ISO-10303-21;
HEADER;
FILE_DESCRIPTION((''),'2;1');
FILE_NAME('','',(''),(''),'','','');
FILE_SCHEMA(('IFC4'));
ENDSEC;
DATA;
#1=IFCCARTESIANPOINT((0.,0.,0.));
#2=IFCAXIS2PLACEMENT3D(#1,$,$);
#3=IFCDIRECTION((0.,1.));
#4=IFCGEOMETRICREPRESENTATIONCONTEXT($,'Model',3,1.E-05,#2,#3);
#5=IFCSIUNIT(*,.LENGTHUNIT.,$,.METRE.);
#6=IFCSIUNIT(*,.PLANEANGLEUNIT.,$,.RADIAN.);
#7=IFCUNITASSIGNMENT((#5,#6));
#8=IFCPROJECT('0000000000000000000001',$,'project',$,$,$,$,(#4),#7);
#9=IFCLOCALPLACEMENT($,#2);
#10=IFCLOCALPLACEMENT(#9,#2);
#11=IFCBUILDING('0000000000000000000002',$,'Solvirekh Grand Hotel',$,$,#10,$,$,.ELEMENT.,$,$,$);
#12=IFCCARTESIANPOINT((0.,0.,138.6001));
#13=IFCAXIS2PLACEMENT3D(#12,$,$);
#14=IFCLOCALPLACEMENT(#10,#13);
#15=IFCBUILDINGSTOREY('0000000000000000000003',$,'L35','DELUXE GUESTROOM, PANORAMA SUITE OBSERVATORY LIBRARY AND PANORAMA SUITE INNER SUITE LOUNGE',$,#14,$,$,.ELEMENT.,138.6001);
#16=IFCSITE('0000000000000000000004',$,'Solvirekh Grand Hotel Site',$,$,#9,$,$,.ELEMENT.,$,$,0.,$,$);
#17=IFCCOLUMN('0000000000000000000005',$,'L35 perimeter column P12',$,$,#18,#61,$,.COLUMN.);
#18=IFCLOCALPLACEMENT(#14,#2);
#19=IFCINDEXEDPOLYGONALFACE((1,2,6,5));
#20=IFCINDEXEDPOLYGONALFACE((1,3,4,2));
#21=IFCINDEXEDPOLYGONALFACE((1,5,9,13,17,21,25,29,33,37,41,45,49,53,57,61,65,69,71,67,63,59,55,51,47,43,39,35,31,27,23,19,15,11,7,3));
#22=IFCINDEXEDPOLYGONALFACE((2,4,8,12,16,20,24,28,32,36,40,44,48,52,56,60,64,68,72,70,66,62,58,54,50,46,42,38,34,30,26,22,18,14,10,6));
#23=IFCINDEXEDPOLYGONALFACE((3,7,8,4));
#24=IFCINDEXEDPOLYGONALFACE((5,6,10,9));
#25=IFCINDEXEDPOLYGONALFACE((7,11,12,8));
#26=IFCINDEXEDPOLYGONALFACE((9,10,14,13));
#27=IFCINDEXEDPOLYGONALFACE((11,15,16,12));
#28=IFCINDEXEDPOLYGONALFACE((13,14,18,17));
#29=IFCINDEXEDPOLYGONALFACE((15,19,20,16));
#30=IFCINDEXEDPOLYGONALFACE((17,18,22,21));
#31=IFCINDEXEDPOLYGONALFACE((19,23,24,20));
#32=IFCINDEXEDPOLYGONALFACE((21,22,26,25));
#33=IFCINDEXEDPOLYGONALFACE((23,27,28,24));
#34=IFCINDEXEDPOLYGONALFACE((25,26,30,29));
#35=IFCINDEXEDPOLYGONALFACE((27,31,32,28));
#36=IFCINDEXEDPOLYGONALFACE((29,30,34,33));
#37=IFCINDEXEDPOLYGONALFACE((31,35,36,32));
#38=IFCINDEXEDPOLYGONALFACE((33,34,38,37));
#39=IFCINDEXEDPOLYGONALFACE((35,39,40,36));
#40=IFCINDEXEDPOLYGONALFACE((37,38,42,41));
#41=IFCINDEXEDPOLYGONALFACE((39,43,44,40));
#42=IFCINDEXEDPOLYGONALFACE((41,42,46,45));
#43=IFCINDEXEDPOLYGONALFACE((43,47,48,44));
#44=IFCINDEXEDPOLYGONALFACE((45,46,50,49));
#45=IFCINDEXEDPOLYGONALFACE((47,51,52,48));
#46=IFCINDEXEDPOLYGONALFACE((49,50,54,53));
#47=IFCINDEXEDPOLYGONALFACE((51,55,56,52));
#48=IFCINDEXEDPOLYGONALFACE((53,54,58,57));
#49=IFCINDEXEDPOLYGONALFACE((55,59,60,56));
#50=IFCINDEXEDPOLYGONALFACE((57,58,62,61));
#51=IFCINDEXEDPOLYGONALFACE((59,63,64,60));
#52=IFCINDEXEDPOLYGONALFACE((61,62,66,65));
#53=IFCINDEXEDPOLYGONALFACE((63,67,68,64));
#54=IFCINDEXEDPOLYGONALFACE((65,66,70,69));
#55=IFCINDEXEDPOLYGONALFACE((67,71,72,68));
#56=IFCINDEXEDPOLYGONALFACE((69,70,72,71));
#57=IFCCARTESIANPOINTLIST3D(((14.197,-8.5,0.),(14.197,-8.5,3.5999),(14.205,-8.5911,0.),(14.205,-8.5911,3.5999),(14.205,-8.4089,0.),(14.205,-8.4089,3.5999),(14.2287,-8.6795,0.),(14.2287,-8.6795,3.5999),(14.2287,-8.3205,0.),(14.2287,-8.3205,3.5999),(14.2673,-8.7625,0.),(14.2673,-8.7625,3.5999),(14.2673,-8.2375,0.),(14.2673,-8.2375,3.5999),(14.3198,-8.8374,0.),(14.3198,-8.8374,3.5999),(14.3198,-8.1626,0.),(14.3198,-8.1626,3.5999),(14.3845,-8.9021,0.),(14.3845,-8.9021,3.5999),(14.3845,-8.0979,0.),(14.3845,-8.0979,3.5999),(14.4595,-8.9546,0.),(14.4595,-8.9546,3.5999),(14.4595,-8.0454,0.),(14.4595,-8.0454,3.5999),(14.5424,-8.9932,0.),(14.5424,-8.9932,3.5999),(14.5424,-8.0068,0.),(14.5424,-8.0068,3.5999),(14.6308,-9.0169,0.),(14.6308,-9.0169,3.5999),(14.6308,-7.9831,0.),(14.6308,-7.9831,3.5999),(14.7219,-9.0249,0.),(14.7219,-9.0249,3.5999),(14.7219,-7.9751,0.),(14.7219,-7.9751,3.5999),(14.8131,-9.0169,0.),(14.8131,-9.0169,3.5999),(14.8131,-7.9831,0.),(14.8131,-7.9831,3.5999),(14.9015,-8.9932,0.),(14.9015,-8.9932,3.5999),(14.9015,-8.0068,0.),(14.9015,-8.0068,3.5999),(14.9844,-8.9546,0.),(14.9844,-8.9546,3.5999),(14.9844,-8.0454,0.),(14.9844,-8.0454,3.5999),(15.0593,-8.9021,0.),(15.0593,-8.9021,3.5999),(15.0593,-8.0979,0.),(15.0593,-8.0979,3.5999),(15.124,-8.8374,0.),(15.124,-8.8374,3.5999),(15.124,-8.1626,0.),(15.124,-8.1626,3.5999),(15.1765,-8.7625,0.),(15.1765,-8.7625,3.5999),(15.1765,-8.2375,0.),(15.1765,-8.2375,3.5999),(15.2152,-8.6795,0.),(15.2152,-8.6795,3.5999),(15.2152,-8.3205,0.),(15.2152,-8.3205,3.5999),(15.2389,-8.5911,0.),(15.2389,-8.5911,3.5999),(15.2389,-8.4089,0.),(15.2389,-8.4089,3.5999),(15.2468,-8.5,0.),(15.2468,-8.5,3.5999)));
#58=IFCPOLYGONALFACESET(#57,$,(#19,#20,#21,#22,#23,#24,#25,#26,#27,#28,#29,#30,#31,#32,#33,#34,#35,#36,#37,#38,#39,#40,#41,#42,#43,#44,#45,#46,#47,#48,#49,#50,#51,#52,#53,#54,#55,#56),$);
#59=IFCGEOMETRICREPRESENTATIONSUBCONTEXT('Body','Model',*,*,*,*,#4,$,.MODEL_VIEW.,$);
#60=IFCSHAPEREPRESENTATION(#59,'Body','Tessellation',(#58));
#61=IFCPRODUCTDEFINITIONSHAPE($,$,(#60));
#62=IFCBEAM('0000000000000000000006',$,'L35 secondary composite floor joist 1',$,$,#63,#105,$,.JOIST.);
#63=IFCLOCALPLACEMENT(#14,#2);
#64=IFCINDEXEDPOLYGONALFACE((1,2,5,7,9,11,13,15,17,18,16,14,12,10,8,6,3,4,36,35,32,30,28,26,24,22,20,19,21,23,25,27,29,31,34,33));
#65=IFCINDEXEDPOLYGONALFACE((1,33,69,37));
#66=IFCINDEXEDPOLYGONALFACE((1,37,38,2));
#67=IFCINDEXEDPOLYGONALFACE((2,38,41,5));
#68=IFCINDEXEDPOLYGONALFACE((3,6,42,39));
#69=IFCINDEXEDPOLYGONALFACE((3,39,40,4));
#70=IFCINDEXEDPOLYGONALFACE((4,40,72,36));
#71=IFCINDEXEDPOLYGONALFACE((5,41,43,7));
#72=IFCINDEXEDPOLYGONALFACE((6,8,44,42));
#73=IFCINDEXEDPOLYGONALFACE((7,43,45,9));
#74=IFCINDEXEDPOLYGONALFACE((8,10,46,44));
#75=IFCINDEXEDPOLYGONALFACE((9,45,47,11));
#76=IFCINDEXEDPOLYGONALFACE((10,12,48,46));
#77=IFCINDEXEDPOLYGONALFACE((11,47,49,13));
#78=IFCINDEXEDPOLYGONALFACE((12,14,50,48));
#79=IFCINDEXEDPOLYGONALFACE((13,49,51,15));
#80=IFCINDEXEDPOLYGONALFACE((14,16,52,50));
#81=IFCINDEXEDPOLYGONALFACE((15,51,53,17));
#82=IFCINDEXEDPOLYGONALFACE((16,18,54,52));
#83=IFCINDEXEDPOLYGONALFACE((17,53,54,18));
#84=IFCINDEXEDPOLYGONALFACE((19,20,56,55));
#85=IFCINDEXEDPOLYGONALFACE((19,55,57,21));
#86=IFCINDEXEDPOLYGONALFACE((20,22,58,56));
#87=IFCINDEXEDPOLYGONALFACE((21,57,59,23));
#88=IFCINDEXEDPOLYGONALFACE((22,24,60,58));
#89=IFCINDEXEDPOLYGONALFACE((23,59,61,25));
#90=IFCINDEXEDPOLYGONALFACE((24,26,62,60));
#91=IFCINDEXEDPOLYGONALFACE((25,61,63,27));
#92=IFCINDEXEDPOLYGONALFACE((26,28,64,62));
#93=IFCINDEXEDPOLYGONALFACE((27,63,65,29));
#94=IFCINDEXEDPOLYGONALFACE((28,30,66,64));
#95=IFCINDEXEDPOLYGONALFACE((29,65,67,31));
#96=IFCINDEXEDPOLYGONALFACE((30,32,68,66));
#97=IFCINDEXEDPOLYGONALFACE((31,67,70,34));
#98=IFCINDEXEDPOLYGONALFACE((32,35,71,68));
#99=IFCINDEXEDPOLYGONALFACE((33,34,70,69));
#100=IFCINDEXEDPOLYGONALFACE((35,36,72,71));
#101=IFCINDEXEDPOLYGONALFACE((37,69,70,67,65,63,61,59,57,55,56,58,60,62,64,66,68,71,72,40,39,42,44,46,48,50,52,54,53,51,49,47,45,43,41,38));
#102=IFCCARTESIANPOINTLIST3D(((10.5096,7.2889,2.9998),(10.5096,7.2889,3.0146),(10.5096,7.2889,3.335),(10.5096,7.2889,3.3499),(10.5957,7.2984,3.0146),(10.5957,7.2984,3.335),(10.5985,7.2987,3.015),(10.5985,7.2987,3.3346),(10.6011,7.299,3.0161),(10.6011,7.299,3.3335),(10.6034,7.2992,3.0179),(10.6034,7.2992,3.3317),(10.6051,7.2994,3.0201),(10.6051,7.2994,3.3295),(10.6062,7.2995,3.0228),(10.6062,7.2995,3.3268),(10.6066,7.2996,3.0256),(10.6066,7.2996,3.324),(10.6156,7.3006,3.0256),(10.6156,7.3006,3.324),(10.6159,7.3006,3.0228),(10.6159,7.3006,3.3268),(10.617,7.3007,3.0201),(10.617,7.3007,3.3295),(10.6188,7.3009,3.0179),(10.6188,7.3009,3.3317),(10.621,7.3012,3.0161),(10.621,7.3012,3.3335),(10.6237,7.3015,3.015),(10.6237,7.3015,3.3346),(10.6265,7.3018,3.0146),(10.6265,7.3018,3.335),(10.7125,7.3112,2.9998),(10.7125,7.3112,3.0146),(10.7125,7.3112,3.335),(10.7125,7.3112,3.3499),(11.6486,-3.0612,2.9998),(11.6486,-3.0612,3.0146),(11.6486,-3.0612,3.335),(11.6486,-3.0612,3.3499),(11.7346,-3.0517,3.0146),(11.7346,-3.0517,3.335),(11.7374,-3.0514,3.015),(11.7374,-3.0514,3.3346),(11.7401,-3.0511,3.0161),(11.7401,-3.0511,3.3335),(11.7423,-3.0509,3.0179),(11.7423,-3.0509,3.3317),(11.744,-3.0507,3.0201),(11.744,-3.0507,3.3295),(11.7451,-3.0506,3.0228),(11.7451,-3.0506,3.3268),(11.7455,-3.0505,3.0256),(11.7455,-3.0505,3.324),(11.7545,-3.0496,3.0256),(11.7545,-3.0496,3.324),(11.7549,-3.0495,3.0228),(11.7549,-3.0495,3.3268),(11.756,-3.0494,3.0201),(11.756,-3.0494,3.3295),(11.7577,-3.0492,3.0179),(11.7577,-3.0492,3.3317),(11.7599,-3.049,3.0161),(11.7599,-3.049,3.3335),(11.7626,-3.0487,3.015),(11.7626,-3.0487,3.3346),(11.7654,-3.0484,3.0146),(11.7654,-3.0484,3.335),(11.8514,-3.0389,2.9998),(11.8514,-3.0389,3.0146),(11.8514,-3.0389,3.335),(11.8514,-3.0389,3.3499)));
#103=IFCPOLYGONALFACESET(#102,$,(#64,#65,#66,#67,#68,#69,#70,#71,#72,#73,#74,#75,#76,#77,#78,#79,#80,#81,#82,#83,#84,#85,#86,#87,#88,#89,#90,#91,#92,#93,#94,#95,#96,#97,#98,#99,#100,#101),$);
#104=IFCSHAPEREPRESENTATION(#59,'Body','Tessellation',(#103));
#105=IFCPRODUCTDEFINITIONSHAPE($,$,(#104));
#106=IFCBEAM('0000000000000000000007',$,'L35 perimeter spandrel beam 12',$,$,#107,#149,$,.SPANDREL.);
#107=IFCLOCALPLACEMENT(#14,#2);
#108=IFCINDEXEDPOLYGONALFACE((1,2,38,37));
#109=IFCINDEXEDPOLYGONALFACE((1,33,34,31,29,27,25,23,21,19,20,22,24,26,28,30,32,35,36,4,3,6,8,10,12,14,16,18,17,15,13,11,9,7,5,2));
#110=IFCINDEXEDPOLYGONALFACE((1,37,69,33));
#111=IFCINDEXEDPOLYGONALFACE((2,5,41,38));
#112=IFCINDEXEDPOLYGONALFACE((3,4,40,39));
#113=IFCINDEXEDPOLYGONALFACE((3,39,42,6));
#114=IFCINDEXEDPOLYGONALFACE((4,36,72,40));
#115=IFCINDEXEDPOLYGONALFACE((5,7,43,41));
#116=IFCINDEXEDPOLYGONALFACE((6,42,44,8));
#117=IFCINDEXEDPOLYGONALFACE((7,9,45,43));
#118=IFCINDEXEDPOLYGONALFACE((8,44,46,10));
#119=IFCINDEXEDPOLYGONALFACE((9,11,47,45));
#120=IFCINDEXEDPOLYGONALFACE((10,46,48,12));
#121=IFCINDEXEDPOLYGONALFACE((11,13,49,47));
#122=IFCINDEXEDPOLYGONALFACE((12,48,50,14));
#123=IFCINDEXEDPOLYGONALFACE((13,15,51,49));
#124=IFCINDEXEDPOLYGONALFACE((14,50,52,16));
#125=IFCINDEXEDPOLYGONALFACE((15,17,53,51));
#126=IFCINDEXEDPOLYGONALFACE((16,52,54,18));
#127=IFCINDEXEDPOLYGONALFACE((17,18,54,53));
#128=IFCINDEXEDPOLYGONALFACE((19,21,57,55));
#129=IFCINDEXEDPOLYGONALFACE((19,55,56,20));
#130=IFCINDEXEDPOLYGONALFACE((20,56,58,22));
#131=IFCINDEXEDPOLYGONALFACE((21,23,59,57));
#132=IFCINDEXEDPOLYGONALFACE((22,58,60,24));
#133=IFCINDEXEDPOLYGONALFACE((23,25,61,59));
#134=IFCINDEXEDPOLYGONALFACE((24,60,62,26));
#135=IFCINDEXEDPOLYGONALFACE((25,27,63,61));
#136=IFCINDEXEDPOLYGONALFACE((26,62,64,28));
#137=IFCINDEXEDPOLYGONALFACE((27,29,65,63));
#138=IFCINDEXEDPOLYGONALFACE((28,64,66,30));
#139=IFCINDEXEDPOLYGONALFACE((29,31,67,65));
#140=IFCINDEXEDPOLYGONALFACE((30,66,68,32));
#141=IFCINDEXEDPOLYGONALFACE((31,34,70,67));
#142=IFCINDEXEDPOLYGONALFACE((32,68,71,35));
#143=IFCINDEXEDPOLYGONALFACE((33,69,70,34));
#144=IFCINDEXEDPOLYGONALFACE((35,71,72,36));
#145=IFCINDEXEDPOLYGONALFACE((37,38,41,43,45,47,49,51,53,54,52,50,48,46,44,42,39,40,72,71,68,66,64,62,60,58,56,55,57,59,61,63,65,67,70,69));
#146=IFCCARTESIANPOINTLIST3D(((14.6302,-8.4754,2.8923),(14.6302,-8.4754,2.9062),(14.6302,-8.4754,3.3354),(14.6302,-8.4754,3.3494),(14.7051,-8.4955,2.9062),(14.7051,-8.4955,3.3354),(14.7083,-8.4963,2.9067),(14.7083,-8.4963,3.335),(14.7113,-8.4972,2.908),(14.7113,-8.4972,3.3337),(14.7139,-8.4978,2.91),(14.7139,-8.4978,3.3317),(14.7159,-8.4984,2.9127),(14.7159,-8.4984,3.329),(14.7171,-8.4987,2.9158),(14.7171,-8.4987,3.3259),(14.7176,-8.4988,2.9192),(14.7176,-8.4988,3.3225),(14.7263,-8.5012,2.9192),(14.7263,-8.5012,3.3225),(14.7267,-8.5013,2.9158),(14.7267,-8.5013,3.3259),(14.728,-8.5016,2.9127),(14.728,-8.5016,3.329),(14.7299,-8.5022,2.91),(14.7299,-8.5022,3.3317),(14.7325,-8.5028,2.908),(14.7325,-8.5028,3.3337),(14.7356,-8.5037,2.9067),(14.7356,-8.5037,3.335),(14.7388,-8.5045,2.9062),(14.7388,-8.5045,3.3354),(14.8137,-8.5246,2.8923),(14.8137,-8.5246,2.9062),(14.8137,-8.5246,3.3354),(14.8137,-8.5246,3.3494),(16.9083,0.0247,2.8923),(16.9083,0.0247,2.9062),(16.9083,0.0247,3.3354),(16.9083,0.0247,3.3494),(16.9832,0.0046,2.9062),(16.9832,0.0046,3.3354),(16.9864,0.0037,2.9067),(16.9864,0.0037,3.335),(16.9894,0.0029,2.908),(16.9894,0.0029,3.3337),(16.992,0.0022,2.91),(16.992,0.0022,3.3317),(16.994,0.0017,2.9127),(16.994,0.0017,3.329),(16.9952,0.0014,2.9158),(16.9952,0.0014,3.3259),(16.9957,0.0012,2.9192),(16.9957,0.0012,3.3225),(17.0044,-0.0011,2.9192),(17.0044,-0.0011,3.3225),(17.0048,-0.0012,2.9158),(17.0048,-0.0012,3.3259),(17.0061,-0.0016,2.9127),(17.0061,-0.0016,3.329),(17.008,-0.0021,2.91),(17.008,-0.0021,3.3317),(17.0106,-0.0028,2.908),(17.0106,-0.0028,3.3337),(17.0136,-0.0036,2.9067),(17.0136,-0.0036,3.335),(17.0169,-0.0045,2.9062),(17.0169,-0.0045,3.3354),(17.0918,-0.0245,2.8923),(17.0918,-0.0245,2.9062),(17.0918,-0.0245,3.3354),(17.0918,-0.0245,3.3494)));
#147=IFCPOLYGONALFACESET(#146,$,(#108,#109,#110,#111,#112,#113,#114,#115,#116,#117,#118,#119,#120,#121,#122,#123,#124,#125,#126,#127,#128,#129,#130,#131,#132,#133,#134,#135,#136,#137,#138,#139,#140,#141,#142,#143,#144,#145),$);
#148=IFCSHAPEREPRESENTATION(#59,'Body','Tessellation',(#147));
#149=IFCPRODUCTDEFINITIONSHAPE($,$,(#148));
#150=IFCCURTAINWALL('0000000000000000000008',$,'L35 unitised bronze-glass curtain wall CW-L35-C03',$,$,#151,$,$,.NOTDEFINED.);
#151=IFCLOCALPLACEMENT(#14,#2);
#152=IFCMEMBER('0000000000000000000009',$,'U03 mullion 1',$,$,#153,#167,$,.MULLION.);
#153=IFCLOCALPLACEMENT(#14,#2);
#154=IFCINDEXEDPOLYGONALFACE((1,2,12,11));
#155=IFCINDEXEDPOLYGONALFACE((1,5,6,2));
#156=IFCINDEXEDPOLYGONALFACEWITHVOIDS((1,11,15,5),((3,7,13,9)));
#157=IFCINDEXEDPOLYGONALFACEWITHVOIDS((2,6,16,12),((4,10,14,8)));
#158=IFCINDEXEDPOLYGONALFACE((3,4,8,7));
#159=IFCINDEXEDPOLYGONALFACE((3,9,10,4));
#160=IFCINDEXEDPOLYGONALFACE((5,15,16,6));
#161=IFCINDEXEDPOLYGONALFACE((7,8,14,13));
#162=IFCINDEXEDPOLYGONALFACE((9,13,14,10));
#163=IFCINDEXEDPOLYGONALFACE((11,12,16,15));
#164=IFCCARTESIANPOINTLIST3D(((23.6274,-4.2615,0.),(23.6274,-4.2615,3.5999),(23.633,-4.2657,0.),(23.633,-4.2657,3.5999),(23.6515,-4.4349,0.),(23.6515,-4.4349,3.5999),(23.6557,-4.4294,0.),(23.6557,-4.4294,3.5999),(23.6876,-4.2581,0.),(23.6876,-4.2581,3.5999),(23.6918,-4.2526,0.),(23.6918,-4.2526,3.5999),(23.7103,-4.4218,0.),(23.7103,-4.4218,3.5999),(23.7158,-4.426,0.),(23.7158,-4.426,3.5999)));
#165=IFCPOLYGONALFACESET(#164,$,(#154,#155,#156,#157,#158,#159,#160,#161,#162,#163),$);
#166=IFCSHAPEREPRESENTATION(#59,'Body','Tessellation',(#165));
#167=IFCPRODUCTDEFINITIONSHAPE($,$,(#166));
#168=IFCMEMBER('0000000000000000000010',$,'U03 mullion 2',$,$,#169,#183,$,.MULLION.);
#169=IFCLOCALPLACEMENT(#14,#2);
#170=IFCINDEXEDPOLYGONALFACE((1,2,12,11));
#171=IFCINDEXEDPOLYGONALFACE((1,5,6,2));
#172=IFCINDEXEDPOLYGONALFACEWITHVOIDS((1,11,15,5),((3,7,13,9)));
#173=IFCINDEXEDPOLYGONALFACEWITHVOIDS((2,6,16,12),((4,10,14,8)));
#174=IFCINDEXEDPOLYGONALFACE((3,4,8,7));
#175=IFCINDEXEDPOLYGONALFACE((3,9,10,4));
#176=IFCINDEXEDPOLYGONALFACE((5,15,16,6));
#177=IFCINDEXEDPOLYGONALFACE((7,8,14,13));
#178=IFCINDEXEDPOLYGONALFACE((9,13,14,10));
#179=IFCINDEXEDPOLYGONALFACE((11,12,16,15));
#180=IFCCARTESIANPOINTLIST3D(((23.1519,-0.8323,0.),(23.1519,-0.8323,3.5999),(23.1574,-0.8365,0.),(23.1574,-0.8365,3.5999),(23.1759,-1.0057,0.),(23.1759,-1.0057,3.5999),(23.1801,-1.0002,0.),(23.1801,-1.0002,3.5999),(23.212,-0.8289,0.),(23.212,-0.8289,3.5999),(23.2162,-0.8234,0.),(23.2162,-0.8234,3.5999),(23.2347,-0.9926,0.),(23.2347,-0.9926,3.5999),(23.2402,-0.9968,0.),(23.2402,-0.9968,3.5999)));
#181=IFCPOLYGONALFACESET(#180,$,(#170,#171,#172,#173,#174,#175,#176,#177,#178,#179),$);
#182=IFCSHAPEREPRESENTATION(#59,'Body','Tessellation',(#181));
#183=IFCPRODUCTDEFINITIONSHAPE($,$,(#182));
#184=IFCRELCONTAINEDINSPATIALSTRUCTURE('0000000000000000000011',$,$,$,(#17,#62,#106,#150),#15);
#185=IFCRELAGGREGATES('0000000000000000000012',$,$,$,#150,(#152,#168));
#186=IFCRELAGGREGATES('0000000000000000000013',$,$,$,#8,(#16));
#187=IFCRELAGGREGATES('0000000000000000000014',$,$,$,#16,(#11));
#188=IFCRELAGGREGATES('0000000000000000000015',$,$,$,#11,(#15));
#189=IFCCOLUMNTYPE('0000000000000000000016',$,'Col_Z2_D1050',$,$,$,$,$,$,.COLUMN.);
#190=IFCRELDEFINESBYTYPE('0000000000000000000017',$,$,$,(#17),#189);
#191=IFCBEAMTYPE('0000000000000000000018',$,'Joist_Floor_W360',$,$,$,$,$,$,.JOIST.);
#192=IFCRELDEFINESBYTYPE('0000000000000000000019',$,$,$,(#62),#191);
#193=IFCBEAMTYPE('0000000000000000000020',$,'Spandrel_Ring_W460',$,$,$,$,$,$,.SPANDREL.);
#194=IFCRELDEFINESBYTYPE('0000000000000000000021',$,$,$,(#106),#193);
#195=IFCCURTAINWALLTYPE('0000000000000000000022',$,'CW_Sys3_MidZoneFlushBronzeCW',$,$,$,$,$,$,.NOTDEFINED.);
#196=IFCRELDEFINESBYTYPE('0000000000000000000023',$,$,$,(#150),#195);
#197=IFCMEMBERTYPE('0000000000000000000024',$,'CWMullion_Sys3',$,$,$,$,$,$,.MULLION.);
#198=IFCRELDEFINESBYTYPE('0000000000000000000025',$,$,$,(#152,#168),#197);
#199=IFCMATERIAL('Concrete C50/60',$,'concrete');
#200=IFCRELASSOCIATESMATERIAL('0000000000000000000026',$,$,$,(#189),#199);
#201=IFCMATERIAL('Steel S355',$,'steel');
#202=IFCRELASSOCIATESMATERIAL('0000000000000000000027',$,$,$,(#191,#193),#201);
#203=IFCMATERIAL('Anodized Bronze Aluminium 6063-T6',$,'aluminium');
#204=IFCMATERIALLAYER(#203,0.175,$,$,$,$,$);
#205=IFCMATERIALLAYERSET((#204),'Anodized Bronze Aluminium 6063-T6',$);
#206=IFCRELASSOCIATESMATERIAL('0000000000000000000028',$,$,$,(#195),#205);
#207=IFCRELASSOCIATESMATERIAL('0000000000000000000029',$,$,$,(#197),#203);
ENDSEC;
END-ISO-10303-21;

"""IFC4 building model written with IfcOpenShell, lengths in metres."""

from ifc_helpers import new_model, si_unit, direction, frame, origin, origin_2d, place, context, subcontext, project, spatial, hollow_rectangle, circle, i_section, extrude, source, transform, mapped, material, layer, layer_set, material_profile, profile_set, type_object, element, aggregate, save


model = new_model("IFC4")

# Units and contexts
model_context = context("Model", 3, precision=1e-05, world=origin(), true_north=direction((0.0, 1.0)))
body_context = subcontext(model_context, "Body", "Model", "MODEL_VIEW")
ifc_project = project(units=[si_unit("LENGTHUNIT", "METRE"), si_unit("PLANEANGLEUNIT", "RADIAN")], contexts=[model_context])

# Site, building, storey
site_placement = place(None, origin())
site = spatial("IfcSite", under=ifc_project, at=site_placement, Name="Solvirekh Grand Hotel Site", CompositionType="ELEMENT", RefElevation=0.0)
building_placement = place(site_placement, origin())
building = spatial("IfcBuilding", under=site, at=building_placement, Name="Solvirekh Grand Hotel", CompositionType="ELEMENT")
storey_placement = place(building_placement, frame((0.0, 0.0, 138.6001)))
storey = spatial("IfcBuildingStorey", under=building, at=storey_placement, Name="L35", Description="DELUXE GUESTROOM, PANORAMA SUITE OBSERVATORY LIBRARY AND PANORAMA SUITE INNER SUITE LOUNGE", CompositionType="ELEMENT", Elevation=138.6001)

# Column
ifc_material_1 = material(Name="Concrete C50/60", Category="concrete")
ifc_material_profile_1 = material_profile(ifc_material_1, circle(Radius=0.5249, at=origin_2d()), Name="RC CIRC D1050")
ifc_profile_set_1 = profile_set([ifc_material_profile_1], Name="Concrete C50/60")
column_type = type_object("IfcColumnType", Name="Col_Z2_D1050", PredefinedType="COLUMN", material=ifc_profile_set_1)
column_placement = place(storey_placement, frame((14.7219, -8.5, 0.0), z_axis=(0.0, 0.0, 1.0), x_axis=(1.0, 0.0, 0.0)))
element("IfcColumn", 1, at=column_placement, inside=storey, type_object=column_type, Name="L35 perimeter column P12", PredefinedType="COLUMN", context=body_context, shape_type="SweptSolid", body=[
    extrude(circle(Radius=0.5249, at=origin_2d()), origin(), (0.0, 0.0, 1.0), 3.5999),
])

# Beams
ifc_material_2 = material(Name="Steel S355", Category="steel")
ifc_material_profile_2 = material_profile(ifc_material_2, i_section(OverallWidth=0.2041, OverallDepth=0.3501, WebThickness=0.009, FlangeThickness=0.0149, FilletRadius=0.011, at=origin_2d()), Name="W360X72")
ifc_profile_set_2 = profile_set([ifc_material_profile_2], Name="Steel S355")
beam_type_1 = type_object("IfcBeamType", Name="Joist_Floor_W360", PredefinedType="JOIST", material=ifc_profile_set_2)
beam_1_placement = place(storey_placement, frame((11.75, -3.05, 3.1748), z_axis=(-0.109379, 0.994, 0.0), x_axis=(-0.994, -0.109379, 0.0)))
element("IfcBeam", 2, at=beam_1_placement, inside=storey, type_object=beam_type_1, Name="L35 secondary composite floor joist 1", PredefinedType="JOIST", context=body_context, shape_type="SweptSolid", body=[
    extrude(i_section(OverallWidth=0.2041, OverallDepth=0.3501, WebThickness=0.009, FlangeThickness=0.0149, FilletRadius=0.011, at=origin_2d()), origin(), (0.0, 0.0, 1.0), 10.4126),
])
ifc_material_profile_3 = material_profile(ifc_material_2, i_section(OverallWidth=0.1899, OverallDepth=0.457, WebThickness=0.009, FlangeThickness=0.0139, FilletRadius=0.0129, at=origin_2d()), Name="W460X74")
ifc_profile_set_3 = profile_set([ifc_material_profile_3], Name="Steel S355")
beam_type_2 = type_object("IfcBeamType", Name="Spandrel_Ring_W460", PredefinedType="SPANDREL", material=ifc_profile_set_3)
beam_2_placement = place(storey_placement, frame((14.7219, -8.5, 3.1208), z_axis=(0.258873, 0.965911, 0.0), x_axis=(-0.965911, 0.258873, 0.0)))
element("IfcBeam", 3, at=beam_2_placement, inside=storey, type_object=beam_type_2, Name="L35 perimeter spandrel beam 12", PredefinedType="SPANDREL", context=body_context, shape_type="SweptSolid", body=[
    extrude(i_section(OverallWidth=0.1899, OverallDepth=0.457, WebThickness=0.009, FlangeThickness=0.0139, FilletRadius=0.0129, at=origin_2d()), origin(), (0.0, 0.0, 1.0), 8.8),
])

# Curtain wall, members
ifc_material_3 = material(Name="Anodized Bronze Aluminium 6063-T6", Category="aluminium")
ifc_layer_1 = layer(ifc_material_3, 0.175)
ifc_layer_set_1 = layer_set([ifc_layer_1], Name="Anodized Bronze Aluminium 6063-T6")
curtain_wall_type = type_object("IfcCurtainWallType", Name="CW_Sys3_MidZoneFlushBronzeCW", PredefinedType="NOTDEFINED", material=ifc_layer_set_1)
curtain_wall_placement = place(storey_placement, origin())
curtain_wall = element("IfcCurtainWall", 4, at=curtain_wall_placement, inside=storey, type_object=curtain_wall_type, Name="L35 unitised bronze-glass curtain wall CW-L35-C03", PredefinedType="NOTDEFINED")
ifc_material_profile_4 = material_profile(ifc_material_3, hollow_rectangle(XDim=0.0649, YDim=0.175, WallThickness=0.0049, at=origin_2d()), Name="ALU RHS 175X65X5")
ifc_profile_set_4 = profile_set([ifc_material_profile_4], Name="Anodized Bronze Aluminium 6063-T6")
member_type_1 = type_object("IfcMemberType", Name="CWMullion_Sys3", PredefinedType="MULLION", material=ifc_profile_set_4)
shared_shape_1 = source(origin(), body_context, "Body", "SweptSolid", [
    extrude(hollow_rectangle(XDim=0.0649, YDim=0.175, WallThickness=0.0049, at=origin_2d()), origin(), (0.0, 0.0, 1.0), 3.5999),
])
member_1_placement = place(storey_placement, frame((23.6716, -4.3438, 0.0), z_axis=(0.0, 0.0, 1.0), x_axis=(-0.990522, -0.137354, 0.0)))
member_1 = element("IfcMember", 5, at=member_1_placement, type_object=member_type_1, Name="U03 mullion 1", PredefinedType="MULLION", context=body_context, shape_type="MappedRepresentation", body=[
    mapped(shared_shape_1, transform((0.0, 0.0, 0.0), x_axis=(1.0, 0.0, 0.0), y_axis=(0.0, 1.0, 0.0), z_axis=(0.0, 0.0, 1.0), scale=1.0)),
])
member_2_placement = place(storey_placement, frame((23.196, -0.9146, 0.0), z_axis=(0.0, 0.0, 1.0), x_axis=(-0.990522, -0.137354, 0.0)))
member_2 = element("IfcMember", 6, at=member_2_placement, type_object=member_type_1, Name="U03 mullion 2", PredefinedType="MULLION", context=body_context, shape_type="MappedRepresentation", body=[
    mapped(shared_shape_1, transform((0.0, 0.0, 0.0), x_axis=(1.0, 0.0, 0.0), y_axis=(0.0, 1.0, 0.0), z_axis=(0.0, 0.0, 1.0), scale=1.0)),
])
aggregate(curtain_wall, [member_1, member_2])

save(model, "model.ifc")
